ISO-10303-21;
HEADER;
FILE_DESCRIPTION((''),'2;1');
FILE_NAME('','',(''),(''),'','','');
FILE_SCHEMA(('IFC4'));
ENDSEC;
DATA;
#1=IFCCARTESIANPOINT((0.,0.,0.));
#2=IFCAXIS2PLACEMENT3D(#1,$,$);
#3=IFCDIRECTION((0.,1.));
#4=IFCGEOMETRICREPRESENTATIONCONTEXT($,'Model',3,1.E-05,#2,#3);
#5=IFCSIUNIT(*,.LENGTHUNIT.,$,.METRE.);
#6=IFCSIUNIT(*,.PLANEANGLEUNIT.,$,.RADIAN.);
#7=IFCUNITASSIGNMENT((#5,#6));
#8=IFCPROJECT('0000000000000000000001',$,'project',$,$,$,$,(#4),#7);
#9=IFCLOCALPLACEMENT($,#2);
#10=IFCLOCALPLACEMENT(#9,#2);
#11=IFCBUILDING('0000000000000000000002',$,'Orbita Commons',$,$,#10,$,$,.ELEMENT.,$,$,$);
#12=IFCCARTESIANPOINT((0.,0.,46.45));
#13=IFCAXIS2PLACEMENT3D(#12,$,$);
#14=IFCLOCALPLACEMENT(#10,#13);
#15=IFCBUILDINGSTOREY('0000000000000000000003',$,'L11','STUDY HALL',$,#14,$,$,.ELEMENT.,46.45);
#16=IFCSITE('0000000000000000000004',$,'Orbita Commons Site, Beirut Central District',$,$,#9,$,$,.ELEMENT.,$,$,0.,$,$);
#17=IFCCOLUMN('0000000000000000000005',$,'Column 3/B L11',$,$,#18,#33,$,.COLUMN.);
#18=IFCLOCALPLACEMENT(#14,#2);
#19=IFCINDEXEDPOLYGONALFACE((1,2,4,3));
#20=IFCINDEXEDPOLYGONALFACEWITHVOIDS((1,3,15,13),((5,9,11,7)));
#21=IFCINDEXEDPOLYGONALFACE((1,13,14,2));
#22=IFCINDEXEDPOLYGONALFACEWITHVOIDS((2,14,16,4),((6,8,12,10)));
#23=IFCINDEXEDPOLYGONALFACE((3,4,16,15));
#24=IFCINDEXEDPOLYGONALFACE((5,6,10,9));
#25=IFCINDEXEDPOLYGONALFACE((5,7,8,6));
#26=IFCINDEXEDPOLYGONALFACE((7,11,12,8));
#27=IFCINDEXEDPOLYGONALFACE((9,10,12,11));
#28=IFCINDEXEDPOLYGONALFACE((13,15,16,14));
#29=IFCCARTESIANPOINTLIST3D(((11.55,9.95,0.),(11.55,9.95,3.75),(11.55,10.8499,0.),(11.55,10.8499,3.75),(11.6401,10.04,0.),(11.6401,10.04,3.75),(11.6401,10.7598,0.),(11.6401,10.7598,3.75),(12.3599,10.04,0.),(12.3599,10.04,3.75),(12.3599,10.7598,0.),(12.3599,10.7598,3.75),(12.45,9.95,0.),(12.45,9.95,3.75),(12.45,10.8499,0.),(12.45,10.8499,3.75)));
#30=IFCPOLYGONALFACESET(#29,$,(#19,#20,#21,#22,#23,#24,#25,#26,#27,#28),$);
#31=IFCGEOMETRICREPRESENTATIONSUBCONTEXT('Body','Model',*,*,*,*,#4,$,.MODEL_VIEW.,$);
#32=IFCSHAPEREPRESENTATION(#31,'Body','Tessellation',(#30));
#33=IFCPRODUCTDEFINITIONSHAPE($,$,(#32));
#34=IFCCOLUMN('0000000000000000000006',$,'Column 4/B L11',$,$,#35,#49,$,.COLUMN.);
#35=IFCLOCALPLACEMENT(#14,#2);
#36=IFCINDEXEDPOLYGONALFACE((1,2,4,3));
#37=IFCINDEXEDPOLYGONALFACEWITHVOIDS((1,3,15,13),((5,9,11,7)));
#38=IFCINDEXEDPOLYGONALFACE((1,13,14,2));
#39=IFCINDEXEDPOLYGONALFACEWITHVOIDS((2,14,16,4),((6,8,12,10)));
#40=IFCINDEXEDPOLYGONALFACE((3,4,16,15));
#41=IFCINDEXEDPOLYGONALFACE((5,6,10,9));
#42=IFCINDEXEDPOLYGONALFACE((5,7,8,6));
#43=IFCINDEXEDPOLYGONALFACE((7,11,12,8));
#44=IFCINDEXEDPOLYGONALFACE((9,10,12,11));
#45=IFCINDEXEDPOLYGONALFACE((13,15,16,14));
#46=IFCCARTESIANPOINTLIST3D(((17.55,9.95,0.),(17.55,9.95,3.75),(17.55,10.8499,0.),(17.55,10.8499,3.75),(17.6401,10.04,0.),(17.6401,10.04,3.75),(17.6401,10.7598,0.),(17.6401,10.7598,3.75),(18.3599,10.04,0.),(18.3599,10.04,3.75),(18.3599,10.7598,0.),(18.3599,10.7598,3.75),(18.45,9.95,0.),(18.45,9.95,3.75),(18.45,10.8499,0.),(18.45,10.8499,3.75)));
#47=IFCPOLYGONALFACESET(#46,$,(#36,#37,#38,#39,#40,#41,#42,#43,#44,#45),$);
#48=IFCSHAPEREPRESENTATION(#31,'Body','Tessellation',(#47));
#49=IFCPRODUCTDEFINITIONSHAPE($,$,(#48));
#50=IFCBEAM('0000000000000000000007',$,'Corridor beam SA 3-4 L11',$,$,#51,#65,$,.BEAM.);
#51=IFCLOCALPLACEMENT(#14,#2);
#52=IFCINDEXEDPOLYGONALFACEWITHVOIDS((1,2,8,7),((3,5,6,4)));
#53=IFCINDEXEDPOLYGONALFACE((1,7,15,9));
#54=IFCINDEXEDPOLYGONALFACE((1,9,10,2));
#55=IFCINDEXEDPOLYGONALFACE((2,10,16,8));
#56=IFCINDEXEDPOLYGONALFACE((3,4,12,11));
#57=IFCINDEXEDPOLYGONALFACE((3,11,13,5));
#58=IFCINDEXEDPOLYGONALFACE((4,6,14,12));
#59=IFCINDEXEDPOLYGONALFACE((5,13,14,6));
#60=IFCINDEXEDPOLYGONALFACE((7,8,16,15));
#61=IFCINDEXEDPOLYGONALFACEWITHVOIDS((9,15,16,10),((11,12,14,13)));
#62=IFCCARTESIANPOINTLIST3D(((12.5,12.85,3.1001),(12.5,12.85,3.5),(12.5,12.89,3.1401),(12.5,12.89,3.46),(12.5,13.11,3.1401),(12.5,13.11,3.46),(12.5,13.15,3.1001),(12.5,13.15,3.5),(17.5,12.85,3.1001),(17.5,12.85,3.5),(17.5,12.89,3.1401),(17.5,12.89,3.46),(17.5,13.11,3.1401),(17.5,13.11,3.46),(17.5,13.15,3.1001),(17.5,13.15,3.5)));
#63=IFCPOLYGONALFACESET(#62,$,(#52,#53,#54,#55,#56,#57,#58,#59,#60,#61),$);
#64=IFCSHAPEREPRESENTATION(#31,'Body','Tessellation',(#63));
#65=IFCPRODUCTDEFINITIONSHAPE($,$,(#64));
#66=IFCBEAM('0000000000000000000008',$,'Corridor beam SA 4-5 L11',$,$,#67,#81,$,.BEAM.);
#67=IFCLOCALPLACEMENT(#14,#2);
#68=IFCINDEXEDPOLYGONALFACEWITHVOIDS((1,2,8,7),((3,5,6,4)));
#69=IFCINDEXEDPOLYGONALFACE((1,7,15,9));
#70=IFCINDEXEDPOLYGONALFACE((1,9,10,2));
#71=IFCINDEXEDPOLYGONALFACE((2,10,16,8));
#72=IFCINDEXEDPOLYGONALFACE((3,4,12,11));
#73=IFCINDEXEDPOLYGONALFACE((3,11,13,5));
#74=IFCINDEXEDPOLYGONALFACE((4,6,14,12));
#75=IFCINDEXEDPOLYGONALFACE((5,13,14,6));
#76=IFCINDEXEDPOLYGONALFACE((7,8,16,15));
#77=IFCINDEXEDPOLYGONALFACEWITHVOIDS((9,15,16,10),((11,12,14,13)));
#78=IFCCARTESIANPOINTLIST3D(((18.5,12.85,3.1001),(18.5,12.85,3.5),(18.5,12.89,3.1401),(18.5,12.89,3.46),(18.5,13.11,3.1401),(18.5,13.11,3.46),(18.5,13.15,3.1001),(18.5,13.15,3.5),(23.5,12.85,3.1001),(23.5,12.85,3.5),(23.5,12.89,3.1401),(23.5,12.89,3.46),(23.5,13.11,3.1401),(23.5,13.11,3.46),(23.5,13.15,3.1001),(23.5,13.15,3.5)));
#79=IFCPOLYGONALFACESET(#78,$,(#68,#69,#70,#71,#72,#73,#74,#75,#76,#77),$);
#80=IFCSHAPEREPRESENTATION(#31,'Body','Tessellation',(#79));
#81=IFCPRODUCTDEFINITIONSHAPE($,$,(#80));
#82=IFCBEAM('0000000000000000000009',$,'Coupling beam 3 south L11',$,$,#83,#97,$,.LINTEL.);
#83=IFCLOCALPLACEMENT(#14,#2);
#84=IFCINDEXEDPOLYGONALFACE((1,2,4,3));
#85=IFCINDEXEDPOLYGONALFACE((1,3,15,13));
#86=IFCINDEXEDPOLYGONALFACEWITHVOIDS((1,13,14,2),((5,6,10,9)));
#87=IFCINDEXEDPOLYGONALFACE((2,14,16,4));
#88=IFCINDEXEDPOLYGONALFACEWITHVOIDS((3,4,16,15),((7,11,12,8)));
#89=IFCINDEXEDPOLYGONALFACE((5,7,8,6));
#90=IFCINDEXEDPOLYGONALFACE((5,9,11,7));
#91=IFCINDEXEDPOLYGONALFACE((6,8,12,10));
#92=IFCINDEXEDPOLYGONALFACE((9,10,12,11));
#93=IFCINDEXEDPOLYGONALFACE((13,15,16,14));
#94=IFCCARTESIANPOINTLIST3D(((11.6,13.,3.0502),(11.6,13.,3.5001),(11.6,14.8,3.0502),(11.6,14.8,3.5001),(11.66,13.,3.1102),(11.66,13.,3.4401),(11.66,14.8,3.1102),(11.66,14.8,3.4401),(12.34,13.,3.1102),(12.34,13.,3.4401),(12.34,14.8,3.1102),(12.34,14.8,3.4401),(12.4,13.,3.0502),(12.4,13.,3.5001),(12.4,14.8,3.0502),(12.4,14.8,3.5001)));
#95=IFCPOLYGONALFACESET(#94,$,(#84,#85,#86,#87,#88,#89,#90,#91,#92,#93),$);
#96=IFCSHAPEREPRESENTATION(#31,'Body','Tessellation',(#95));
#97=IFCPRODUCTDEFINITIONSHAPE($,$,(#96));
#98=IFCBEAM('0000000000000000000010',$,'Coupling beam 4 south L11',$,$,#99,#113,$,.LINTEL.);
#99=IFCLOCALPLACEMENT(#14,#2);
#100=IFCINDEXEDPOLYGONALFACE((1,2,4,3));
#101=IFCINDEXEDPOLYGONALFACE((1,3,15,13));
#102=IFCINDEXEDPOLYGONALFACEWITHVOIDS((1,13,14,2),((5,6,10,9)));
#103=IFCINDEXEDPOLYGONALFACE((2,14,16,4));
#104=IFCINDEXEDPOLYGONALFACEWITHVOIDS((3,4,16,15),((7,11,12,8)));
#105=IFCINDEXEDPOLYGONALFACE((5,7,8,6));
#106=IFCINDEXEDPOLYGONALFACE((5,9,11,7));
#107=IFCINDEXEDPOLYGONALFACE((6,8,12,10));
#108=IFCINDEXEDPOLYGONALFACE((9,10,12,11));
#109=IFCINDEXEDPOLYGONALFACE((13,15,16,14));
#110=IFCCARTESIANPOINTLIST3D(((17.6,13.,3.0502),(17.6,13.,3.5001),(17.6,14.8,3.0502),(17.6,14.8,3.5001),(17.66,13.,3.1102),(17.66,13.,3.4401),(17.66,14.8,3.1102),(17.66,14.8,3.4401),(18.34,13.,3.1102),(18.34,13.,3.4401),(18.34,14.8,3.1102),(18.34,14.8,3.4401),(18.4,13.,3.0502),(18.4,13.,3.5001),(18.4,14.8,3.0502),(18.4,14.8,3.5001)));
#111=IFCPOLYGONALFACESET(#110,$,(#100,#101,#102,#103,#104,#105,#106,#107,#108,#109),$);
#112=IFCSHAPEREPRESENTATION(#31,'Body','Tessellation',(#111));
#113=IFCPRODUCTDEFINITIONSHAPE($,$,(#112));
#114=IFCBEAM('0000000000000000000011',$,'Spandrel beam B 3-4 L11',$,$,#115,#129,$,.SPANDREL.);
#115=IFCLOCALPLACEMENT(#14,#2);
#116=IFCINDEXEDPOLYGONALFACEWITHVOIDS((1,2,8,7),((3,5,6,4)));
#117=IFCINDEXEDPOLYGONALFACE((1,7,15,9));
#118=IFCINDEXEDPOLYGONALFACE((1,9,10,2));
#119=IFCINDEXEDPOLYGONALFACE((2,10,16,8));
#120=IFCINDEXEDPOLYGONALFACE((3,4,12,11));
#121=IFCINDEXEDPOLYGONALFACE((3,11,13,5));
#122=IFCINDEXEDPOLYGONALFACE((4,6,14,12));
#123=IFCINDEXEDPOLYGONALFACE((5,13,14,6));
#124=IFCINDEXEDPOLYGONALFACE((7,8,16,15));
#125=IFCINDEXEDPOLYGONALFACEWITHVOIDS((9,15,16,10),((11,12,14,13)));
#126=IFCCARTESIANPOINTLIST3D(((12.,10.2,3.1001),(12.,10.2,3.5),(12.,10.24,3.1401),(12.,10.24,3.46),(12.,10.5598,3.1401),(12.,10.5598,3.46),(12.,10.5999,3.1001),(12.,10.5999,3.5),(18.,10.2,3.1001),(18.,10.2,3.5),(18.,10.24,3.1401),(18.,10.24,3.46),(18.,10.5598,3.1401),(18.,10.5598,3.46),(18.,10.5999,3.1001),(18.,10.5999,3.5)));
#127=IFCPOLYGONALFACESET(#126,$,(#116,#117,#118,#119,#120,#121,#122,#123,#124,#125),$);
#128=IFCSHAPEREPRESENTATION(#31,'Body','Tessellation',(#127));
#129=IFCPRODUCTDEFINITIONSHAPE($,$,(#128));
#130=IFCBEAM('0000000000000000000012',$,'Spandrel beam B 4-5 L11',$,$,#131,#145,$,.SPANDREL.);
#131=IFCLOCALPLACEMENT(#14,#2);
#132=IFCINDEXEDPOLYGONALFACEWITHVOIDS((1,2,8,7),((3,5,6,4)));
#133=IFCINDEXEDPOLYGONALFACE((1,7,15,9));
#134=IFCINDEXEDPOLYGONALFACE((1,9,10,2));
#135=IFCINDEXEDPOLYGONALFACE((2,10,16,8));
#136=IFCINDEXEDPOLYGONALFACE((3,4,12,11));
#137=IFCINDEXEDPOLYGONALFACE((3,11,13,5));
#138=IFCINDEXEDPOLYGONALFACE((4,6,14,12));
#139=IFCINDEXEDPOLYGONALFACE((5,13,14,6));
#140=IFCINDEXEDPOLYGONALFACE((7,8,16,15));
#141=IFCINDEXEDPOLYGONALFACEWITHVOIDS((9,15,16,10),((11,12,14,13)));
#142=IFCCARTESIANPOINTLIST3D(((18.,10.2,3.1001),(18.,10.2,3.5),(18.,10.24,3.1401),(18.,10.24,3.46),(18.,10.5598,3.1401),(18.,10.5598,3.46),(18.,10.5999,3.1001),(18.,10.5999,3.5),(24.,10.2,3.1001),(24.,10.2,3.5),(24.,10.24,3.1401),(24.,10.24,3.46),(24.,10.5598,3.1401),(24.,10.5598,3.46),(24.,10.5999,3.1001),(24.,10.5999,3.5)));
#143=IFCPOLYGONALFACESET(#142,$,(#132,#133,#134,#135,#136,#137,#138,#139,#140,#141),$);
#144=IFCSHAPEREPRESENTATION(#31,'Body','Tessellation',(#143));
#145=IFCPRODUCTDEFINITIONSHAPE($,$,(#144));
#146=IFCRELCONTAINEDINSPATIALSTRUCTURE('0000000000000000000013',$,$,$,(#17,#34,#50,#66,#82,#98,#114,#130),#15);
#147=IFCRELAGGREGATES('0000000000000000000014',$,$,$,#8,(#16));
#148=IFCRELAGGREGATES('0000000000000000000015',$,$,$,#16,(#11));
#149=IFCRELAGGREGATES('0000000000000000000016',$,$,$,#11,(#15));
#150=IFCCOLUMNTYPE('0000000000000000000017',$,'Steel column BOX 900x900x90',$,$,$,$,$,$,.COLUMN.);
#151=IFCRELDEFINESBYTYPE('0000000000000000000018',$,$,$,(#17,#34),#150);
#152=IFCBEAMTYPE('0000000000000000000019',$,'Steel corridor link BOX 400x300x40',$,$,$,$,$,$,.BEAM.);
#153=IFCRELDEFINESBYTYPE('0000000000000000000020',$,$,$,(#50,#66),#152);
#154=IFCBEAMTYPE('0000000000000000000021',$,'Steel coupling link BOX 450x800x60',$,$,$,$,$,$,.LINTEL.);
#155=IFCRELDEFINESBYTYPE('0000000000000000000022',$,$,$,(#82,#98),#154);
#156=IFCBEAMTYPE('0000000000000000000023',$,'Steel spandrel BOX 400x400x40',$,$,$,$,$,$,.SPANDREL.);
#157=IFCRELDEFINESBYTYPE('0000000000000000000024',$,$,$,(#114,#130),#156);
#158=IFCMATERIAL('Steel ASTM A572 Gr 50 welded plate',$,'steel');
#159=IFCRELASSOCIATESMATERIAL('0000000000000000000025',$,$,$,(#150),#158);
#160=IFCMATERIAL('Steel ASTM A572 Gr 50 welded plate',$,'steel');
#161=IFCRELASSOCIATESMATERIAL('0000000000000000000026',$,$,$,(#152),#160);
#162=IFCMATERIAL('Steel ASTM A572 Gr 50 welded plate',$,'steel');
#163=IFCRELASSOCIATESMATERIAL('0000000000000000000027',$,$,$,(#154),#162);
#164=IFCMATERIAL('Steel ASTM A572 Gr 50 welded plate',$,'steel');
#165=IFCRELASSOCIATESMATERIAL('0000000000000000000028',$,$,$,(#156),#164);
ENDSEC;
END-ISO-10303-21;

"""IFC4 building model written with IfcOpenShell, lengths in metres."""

from ifc_helpers import new_model, si_unit, direction, frame, origin, origin_2d, place, context, subcontext, project, spatial, hollow_rectangle, extrude, material, material_profile, profile_set, type_object, element, save


model = new_model("IFC4")

# Units and contexts
model_context = context("Model", 3, precision=1e-05, world=origin(), true_north=direction((0.0, 1.0)))
body_context = subcontext(model_context, "Body", "Model", "MODEL_VIEW")
ifc_project = project(units=[si_unit("LENGTHUNIT", "METRE"), si_unit("PLANEANGLEUNIT", "RADIAN")], contexts=[model_context])

# Site, building, storey
site_placement = place(None, origin())
site = spatial("IfcSite", under=ifc_project, at=site_placement, Name="Orbita Commons Site, Beirut Central District", CompositionType="ELEMENT", RefElevation=0.0)
building_placement = place(site_placement, origin())
building = spatial("IfcBuilding", under=site, at=building_placement, Name="Orbita Commons", CompositionType="ELEMENT")
storey_placement = place(building_placement, frame((0.0, 0.0, 46.45)))
storey = spatial("IfcBuildingStorey", under=building, at=storey_placement, Name="L11", Description="STUDY HALL", CompositionType="ELEMENT", Elevation=46.45)

# Columns
ifc_material_1 = material(Name="Steel ASTM A572 Gr 50 welded plate", Category="steel")
ifc_material_profile_1 = material_profile(ifc_material_1, hollow_rectangle(XDim=0.8999, YDim=0.8999, WallThickness=0.0901, at=origin_2d()), Name="BOX 900x900x90")
ifc_profile_set_1 = profile_set([ifc_material_profile_1], Name="Steel ASTM A572 Gr 50 welded plate")
column_type = type_object("IfcColumnType", Name="Steel column BOX 900x900x90", PredefinedType="COLUMN", material=ifc_profile_set_1)
for number, where, z_axis, x_axis, name in (
    (1, (12.0, 10.3999, 0.0), (0.0, 0.0, 1.0), (1.0, 0.0, 0.0), "Column 3/B L11"),
    (2, (18.0, 10.3999, 0.0), (0.0, 0.0, 1.0), (1.0, 0.0, 0.0), "Column 4/B L11"),
):
    element("IfcColumn", number, at=place(storey_placement, frame(where, z_axis=z_axis, x_axis=x_axis)), inside=storey, type_object=column_type, Name=name, PredefinedType="COLUMN", context=body_context, shape_type="SweptSolid", body=[
        extrude(hollow_rectangle(XDim=0.8999, YDim=0.8999, WallThickness=0.0901, at=origin_2d()), origin(), (0.0, 0.0, 1.0), 3.75),
    ])

# Beams
ifc_material_2 = material(Name="Steel ASTM A572 Gr 50 welded plate", Category="steel")
ifc_material_profile_2 = material_profile(ifc_material_2, hollow_rectangle(XDim=0.3, YDim=0.3999, WallThickness=0.04, at=origin_2d()), Name="BOX 400x300x40")
ifc_profile_set_2 = profile_set([ifc_material_profile_2], Name="Steel ASTM A572 Gr 50 welded plate")
beam_type_1 = type_object("IfcBeamType", Name="Steel corridor link BOX 400x300x40", PredefinedType="BEAM", material=ifc_profile_set_2)
for number, where, z_axis, x_axis, name in (
    (3, (12.5, 13.0, 3.3), (1.0, 0.0, 0.0), (0.0, 1.0, 0.0), "Corridor beam SA 3-4 L11"),
    (4, (18.5, 13.0, 3.3), (1.0, 0.0, 0.0), (0.0, 1.0, 0.0), "Corridor beam SA 4-5 L11"),
):
    element("IfcBeam", number, at=place(storey_placement, frame(where, z_axis=z_axis, x_axis=x_axis)), inside=storey, type_object=beam_type_1, Name=name, PredefinedType="BEAM", context=body_context, shape_type="SweptSolid", body=[
        extrude(hollow_rectangle(XDim=0.3, YDim=0.3999, WallThickness=0.04, at=origin_2d()), origin(), (0.0, 0.0, 1.0), 5.0),
    ])
ifc_material_3 = material(Name="Steel ASTM A572 Gr 50 welded plate", Category="steel")
ifc_material_profile_3 = material_profile(ifc_material_3, hollow_rectangle(XDim=0.8, YDim=0.45, WallThickness=0.0601, at=origin_2d()), Name="BOX 450x800x60")
ifc_profile_set_3 = profile_set([ifc_material_profile_3], Name="Steel ASTM A572 Gr 50 welded plate")
beam_type_2 = type_object("IfcBeamType", Name="Steel coupling link BOX 450x800x60", PredefinedType="LINTEL", material=ifc_profile_set_3)
for number, where, z_axis, x_axis, name in (
    (5, (12.0, 13.0, 3.2751), (0.0, 1.0, 0.0), (-1.0, 0.0, 0.0), "Coupling beam 3 south L11"),
    (6, (18.0, 13.0, 3.2751), (0.0, 1.0, 0.0), (-1.0, 0.0, 0.0), "Coupling beam 4 south L11"),
):
    element("IfcBeam", number, at=place(storey_placement, frame(where, z_axis=z_axis, x_axis=x_axis)), inside=storey, type_object=beam_type_2, Name=name, PredefinedType="LINTEL", context=body_context, shape_type="SweptSolid", body=[
        extrude(hollow_rectangle(XDim=0.8, YDim=0.45, WallThickness=0.0601, at=origin_2d()), origin(), (0.0, 0.0, 1.0), 1.8),
    ])
ifc_material_4 = material(Name="Steel ASTM A572 Gr 50 welded plate", Category="steel")
ifc_material_profile_4 = material_profile(ifc_material_4, hollow_rectangle(XDim=0.3999, YDim=0.3999, WallThickness=0.04, at=origin_2d()), Name="BOX 400x400x40")
ifc_profile_set_4 = profile_set([ifc_material_profile_4], Name="Steel ASTM A572 Gr 50 welded plate")
beam_type_3 = type_object("IfcBeamType", Name="Steel spandrel BOX 400x400x40", PredefinedType="SPANDREL", material=ifc_profile_set_4)
for number, where, z_axis, x_axis, name in (
    (7, (12.0, 10.3999, 3.3), (1.0, 0.0, 0.0), (0.0, 1.0, 0.0), "Spandrel beam B 3-4 L11"),
    (8, (18.0, 10.3999, 3.3), (1.0, 0.0, 0.0), (0.0, 1.0, 0.0), "Spandrel beam B 4-5 L11"),
):
    element("IfcBeam", number, at=place(storey_placement, frame(where, z_axis=z_axis, x_axis=x_axis)), inside=storey, type_object=beam_type_3, Name=name, PredefinedType="SPANDREL", context=body_context, shape_type="SweptSolid", body=[
        extrude(hollow_rectangle(XDim=0.3999, YDim=0.3999, WallThickness=0.04, at=origin_2d()), origin(), (0.0, 0.0, 1.0), 6.0),
    ])

save(model, "model.ifc")
